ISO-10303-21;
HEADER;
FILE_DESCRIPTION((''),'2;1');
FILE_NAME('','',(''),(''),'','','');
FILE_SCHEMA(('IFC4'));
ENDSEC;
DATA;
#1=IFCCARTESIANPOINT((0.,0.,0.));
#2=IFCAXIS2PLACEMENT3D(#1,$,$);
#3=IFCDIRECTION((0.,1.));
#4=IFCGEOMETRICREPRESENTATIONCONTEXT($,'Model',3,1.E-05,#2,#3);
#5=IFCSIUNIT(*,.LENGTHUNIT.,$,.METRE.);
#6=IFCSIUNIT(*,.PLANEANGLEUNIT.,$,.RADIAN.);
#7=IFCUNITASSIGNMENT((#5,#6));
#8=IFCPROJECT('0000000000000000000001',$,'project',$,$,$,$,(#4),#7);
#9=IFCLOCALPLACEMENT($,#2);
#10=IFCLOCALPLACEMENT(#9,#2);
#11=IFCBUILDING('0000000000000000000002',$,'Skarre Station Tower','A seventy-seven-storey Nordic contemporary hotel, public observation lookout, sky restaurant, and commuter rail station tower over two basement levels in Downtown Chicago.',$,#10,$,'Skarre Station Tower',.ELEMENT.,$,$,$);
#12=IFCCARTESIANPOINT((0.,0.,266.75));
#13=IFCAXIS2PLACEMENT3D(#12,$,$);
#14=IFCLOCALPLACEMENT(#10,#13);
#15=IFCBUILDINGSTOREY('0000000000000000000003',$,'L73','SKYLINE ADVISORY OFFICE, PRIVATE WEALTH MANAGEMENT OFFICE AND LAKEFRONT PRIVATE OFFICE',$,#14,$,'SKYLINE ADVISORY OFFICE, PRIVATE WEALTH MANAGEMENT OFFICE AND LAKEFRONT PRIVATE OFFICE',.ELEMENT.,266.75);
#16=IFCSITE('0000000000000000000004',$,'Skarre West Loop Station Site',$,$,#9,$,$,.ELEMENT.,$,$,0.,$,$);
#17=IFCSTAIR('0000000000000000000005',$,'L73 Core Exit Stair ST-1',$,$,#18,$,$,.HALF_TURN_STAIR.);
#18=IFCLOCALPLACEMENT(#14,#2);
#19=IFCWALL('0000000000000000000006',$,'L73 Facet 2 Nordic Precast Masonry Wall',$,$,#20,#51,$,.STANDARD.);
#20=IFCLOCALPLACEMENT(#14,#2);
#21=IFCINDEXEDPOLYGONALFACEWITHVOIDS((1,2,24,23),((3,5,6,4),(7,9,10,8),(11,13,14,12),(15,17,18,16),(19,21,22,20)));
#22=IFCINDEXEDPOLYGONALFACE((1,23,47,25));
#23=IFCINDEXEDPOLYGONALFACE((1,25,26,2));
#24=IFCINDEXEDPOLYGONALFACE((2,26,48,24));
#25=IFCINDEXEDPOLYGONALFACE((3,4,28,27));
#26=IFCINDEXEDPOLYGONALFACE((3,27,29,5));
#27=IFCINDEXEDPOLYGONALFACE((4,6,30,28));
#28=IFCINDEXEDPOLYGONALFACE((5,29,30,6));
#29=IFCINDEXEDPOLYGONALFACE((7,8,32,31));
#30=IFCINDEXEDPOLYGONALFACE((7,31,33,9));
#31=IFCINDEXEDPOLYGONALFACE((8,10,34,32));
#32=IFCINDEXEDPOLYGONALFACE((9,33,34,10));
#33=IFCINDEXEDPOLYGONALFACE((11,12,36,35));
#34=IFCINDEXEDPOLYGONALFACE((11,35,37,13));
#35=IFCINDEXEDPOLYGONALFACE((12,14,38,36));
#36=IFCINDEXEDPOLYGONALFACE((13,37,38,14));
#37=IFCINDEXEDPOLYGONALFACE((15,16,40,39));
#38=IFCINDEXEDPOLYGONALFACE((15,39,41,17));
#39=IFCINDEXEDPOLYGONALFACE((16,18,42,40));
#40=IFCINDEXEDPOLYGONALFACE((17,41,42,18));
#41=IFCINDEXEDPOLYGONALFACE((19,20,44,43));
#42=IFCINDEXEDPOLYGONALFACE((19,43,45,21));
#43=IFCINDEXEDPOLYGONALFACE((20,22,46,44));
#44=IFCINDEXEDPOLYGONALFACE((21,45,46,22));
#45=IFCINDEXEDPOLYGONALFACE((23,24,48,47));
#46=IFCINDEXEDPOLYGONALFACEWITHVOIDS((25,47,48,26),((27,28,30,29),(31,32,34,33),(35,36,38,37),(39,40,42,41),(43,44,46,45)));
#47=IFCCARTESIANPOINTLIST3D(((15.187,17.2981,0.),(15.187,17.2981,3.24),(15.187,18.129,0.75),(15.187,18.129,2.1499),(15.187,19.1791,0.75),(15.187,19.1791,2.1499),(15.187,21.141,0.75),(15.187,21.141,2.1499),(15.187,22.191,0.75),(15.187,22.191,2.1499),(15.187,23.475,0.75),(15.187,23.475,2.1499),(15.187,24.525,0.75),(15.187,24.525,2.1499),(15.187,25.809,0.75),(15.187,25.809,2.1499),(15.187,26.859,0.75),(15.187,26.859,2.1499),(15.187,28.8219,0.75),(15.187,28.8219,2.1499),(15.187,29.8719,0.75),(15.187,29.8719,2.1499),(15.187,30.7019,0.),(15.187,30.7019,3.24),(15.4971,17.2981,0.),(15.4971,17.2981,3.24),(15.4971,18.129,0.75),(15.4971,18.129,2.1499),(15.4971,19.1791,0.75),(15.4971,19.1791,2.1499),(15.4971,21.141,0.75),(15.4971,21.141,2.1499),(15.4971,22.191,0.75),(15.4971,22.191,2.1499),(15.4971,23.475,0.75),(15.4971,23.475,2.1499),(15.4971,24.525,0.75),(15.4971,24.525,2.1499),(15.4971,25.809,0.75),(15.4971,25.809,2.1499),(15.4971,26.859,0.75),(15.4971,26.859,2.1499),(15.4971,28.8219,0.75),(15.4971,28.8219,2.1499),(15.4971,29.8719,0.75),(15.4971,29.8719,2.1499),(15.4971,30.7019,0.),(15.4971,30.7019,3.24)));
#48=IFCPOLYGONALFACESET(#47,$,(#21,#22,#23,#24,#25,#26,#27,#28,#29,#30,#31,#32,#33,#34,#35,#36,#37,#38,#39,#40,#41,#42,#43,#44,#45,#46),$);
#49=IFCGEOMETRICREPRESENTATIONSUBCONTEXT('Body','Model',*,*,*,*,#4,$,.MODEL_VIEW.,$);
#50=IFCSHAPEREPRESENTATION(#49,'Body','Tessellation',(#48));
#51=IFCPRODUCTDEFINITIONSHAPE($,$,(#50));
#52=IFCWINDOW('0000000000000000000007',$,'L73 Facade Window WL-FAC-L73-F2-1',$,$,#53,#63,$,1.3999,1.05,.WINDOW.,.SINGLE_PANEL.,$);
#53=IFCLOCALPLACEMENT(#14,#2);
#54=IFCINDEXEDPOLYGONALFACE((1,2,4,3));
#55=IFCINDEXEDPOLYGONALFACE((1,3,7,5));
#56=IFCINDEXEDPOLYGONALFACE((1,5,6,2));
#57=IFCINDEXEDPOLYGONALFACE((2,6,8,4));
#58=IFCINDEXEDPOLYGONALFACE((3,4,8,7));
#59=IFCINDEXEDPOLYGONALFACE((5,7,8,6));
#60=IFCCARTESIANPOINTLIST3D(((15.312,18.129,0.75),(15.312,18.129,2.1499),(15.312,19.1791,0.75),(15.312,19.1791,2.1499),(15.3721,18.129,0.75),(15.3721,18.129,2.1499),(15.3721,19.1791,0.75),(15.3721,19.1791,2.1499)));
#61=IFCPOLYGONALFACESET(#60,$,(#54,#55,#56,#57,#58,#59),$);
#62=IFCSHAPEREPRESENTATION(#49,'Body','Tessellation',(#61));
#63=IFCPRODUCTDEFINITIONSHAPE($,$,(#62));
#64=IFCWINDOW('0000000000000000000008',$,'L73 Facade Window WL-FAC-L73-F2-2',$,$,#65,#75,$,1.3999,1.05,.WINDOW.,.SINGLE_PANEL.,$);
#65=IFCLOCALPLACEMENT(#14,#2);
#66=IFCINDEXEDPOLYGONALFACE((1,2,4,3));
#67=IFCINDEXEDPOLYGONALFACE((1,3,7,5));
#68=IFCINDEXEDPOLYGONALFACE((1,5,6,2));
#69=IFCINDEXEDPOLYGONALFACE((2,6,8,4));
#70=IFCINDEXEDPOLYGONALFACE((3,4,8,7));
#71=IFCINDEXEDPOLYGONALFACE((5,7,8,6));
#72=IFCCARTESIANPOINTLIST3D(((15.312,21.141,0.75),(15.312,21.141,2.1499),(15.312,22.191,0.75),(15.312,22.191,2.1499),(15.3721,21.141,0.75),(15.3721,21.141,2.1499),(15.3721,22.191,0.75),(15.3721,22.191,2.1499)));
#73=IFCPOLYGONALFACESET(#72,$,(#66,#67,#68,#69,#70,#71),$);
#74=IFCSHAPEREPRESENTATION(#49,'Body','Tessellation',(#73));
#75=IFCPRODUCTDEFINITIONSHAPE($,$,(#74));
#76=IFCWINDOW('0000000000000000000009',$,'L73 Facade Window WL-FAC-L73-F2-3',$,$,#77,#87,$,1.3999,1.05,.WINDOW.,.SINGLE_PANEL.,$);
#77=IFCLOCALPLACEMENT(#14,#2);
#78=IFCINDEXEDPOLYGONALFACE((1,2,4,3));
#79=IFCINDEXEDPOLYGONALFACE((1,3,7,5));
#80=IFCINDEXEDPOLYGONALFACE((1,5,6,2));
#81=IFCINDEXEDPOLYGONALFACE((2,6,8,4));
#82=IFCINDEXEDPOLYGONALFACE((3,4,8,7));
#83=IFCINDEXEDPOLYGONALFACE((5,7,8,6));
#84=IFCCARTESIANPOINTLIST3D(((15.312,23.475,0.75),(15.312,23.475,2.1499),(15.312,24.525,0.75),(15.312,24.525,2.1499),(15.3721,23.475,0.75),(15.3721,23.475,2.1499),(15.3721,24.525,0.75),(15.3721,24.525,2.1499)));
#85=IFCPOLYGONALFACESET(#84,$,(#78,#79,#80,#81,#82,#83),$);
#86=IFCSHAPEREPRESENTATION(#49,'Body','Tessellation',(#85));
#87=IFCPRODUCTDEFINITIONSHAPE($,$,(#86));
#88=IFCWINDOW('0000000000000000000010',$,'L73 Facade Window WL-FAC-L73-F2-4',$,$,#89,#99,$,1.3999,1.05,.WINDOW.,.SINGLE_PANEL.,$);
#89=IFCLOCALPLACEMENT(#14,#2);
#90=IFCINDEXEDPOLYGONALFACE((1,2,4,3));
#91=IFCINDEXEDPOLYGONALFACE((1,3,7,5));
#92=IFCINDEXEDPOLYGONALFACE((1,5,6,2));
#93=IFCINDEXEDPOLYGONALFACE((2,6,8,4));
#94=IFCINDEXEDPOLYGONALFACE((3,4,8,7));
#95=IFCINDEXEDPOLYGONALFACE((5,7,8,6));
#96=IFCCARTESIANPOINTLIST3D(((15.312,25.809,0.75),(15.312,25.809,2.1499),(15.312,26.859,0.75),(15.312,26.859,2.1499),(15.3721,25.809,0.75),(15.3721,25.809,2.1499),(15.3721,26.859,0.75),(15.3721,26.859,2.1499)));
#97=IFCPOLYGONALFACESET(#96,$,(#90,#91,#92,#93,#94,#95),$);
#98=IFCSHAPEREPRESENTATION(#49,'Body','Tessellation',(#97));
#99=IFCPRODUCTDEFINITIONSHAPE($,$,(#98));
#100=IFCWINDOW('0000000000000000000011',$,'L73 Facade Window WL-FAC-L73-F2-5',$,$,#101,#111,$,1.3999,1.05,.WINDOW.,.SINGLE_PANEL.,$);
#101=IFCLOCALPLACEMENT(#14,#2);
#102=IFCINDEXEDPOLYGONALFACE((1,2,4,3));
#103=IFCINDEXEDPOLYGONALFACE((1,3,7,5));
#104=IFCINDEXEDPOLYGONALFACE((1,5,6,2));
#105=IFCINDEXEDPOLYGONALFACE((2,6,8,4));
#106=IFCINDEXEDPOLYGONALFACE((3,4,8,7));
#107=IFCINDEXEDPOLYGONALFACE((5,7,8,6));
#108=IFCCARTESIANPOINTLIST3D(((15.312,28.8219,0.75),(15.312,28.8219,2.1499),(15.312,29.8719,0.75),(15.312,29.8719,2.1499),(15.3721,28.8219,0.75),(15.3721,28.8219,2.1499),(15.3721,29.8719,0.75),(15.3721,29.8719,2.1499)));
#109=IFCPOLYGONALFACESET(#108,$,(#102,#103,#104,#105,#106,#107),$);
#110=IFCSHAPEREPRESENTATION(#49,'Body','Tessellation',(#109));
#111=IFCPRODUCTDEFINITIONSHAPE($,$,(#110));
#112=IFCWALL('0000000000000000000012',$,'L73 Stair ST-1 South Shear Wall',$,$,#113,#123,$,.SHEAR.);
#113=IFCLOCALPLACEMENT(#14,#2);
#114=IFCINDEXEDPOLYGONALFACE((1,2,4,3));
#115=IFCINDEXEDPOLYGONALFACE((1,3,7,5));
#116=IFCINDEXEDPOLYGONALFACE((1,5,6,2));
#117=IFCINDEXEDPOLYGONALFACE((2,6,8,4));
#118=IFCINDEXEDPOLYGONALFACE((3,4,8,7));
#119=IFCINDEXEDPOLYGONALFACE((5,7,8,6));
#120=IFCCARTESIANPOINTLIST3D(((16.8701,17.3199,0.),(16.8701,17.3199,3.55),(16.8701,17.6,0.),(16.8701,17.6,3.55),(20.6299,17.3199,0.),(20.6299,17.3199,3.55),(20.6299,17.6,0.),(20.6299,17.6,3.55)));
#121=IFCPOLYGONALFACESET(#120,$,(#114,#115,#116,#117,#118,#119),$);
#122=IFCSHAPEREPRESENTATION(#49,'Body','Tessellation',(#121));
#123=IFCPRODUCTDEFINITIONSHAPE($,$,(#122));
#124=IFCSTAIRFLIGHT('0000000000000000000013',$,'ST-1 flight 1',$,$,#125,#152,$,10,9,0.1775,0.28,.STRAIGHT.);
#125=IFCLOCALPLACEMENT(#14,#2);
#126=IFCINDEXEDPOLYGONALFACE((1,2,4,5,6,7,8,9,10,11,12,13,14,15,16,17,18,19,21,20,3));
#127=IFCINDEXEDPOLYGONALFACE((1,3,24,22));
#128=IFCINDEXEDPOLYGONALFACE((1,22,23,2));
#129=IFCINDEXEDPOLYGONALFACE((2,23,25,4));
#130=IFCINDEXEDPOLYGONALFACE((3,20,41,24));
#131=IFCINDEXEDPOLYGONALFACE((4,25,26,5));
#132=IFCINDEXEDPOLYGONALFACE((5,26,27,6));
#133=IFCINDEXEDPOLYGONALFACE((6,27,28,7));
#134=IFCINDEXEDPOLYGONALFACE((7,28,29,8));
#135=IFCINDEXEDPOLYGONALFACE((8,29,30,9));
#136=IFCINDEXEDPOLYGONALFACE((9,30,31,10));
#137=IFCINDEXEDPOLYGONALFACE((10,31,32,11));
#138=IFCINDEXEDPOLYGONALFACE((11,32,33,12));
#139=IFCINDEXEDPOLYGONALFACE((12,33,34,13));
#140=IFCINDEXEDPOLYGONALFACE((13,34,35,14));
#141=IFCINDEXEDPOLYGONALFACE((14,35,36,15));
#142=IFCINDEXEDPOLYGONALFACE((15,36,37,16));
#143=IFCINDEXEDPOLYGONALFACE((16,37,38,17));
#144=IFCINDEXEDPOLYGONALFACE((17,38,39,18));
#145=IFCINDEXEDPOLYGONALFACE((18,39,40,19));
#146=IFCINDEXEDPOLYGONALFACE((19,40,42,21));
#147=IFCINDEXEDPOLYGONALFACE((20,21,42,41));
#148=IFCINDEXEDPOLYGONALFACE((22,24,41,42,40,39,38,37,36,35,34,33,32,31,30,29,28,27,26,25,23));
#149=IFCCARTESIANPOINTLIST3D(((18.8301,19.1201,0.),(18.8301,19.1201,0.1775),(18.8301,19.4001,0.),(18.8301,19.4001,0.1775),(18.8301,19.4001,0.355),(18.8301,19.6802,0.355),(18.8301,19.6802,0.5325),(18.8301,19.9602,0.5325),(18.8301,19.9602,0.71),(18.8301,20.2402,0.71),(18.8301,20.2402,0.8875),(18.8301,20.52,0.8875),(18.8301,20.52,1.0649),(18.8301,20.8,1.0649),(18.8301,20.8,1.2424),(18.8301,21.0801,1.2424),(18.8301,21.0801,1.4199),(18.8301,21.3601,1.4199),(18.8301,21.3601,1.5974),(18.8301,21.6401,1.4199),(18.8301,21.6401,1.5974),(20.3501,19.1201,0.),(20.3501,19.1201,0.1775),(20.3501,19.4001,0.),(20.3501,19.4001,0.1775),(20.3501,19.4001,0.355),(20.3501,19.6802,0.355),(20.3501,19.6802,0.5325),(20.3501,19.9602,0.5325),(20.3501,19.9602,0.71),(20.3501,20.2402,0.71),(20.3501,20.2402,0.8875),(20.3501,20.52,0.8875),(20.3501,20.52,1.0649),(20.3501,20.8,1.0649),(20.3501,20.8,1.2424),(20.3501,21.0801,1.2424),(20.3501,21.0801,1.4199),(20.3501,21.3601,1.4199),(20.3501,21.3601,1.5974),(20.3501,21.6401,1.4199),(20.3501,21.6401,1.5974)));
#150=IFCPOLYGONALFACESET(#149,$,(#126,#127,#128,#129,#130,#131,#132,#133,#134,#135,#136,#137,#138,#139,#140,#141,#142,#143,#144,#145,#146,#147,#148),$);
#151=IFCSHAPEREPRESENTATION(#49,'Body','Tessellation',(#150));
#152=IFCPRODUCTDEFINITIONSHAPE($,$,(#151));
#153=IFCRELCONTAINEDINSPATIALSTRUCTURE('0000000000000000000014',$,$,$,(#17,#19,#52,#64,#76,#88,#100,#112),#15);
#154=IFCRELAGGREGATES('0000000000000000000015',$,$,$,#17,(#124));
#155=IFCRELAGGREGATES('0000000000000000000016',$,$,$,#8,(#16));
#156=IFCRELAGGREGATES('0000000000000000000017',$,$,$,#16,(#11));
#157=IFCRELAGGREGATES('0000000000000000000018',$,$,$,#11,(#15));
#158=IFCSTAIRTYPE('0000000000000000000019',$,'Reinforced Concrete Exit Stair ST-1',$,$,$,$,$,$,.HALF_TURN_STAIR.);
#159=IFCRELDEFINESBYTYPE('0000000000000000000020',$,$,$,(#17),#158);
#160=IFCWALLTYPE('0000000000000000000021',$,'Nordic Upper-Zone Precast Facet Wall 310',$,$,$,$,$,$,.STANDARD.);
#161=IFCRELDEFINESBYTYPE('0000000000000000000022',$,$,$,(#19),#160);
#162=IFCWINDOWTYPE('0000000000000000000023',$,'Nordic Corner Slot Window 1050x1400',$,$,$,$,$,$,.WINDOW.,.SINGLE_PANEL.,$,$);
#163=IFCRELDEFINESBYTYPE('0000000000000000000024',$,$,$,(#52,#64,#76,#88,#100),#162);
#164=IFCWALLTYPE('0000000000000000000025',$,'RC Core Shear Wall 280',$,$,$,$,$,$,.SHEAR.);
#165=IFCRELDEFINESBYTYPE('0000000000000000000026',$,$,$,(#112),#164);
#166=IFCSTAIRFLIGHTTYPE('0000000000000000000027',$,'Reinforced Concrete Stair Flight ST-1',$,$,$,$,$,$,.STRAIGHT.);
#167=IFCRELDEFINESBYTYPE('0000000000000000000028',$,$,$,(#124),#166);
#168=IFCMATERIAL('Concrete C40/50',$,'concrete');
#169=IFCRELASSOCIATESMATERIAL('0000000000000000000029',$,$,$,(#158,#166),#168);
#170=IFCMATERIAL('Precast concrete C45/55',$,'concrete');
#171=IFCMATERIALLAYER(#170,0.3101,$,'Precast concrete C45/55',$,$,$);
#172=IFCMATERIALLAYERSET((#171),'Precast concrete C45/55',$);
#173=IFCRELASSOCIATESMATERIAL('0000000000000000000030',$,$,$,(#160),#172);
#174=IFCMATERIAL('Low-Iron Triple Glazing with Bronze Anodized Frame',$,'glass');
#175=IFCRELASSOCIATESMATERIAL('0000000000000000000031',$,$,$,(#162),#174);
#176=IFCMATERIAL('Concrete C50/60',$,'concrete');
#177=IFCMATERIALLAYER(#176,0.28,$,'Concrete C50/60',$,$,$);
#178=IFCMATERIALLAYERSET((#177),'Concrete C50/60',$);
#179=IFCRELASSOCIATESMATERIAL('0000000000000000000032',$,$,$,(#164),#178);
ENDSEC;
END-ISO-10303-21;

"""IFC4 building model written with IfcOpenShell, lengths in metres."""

from ifc_helpers import new_model, si_unit, direction, frame, frame_2d, origin, place, context, subcontext, project, spatial, polyline, rectangle, outline, extrude, material, layer, layer_set, type_object, element, fill, aggregate, save


model = new_model("IFC4")

# Units and contexts
model_context = context("Model", 3, precision=1e-05, world=origin(), true_north=direction((0.0, 1.0)))
body_context = subcontext(model_context, "Body", "Model", "MODEL_VIEW")
ifc_project = project(units=[si_unit("LENGTHUNIT", "METRE"), si_unit("PLANEANGLEUNIT", "RADIAN")], contexts=[model_context])

# Site, building, storey
site_placement = place(None, origin())
site = spatial("IfcSite", under=ifc_project, at=site_placement, Name="Skarre West Loop Station Site", CompositionType="ELEMENT", RefElevation=0.0)
building_placement = place(site_placement, origin())
building = spatial("IfcBuilding", under=site, at=building_placement, Name="Skarre Station Tower", Description="A seventy-seven-storey Nordic contemporary hotel, public observation lookout, sky restaurant, and commuter rail station tower over two basement levels in Downtown Chicago.", LongName="Skarre Station Tower", CompositionType="ELEMENT")
storey_placement = place(building_placement, frame((0.0, 0.0, 266.75)))
storey = spatial("IfcBuildingStorey", under=building, at=storey_placement, Name="L73", Description="SKYLINE ADVISORY OFFICE, PRIVATE WEALTH MANAGEMENT OFFICE AND LAKEFRONT PRIVATE OFFICE", LongName="SKYLINE ADVISORY OFFICE, PRIVATE WEALTH MANAGEMENT OFFICE AND LAKEFRONT PRIVATE OFFICE", CompositionType="ELEMENT", Elevation=266.75)

# Shared definitions
ifc_material_1 = material(Name="Concrete C50/60", Category="concrete")

# Stair
ifc_material_2 = material(Name="Concrete C40/50", Category="concrete")
stair_type_1 = type_object("IfcStairType", Name="Reinforced Concrete Exit Stair ST-1", PredefinedType="HALF_TURN_STAIR", material=ifc_material_2)
stair_1_placement = place(storey_placement, origin())
stair_1 = element("IfcStair", 1, at=stair_1_placement, inside=storey, type_object=stair_type_1, Name="L73 Core Exit Stair ST-1", PredefinedType="HALF_TURN_STAIR")

# Shared definitions
ifc_material_3 = material(Name="Precast concrete C45/55", Category="concrete")

# Wall, openings, windows
ifc_layer_1 = layer(ifc_material_3, 0.3101, Name="Precast concrete C45/55")
ifc_layer_set_1 = layer_set([ifc_layer_1], Name="Precast concrete C45/55")
wall_type_1 = type_object("IfcWallType", Name="Nordic Upper-Zone Precast Facet Wall 310", PredefinedType="STANDARD", material=ifc_layer_set_1)
wall_1_placement = place(storey_placement, frame((15.342, 17.2981, 0.0), z_axis=(0.0, 0.0, 1.0), x_axis=(0.0, 1.0, 0.0)))
wall_1 = element("IfcWall", 2, at=wall_1_placement, inside=storey, type_object=wall_type_1, Name="L73 Facet 2 Nordic Precast Masonry Wall", PredefinedType="STANDARD", context=body_context, shape_type="SweptSolid", body=[
    extrude(rectangle(XDim=13.4038, YDim=0.3101, at=frame_2d((6.7019, 0.0))), origin(), (0.0, 0.0, 1.0), 3.24),
])
opening_1_placement = place(wall_1_placement, frame((0.8311, 0.0, 0.75)))
opening_1 = element("IfcOpeningElement", 3, at=opening_1_placement, cuts=wall_1, PredefinedType="OPENING", context=body_context, shape_type="SweptSolid", body=[
    extrude(rectangle(XDim=1.05, YDim=1.3999, at=frame_2d((0.5249, 0.7))), frame((0.0, 0.165, 0.0), z_axis=(0.0, -1.0, 0.0), x_axis=(1.0, 0.0, 0.0)), (0.0, 0.0, 1.0), 0.3301),
])
opening_2_placement = place(wall_1_placement, frame((3.843, 0.0, 0.75)))
opening_2 = element("IfcOpeningElement", 4, at=opening_2_placement, cuts=wall_1, PredefinedType="OPENING", context=body_context, shape_type="SweptSolid", body=[
    extrude(rectangle(XDim=1.05, YDim=1.3999, at=frame_2d((0.5249, 0.7))), frame((0.0, 0.165, 0.0), z_axis=(0.0, -1.0, 0.0), x_axis=(1.0, 0.0, 0.0)), (0.0, 0.0, 1.0), 0.3301),
])
opening_3_placement = place(wall_1_placement, frame((6.177, 0.0, 0.75)))
opening_3 = element("IfcOpeningElement", 5, at=opening_3_placement, cuts=wall_1, PredefinedType="OPENING", context=body_context, shape_type="SweptSolid", body=[
    extrude(rectangle(XDim=1.05, YDim=1.3999, at=frame_2d((0.5249, 0.7))), frame((0.0, 0.165, 0.0), z_axis=(0.0, -1.0, 0.0), x_axis=(1.0, 0.0, 0.0)), (0.0, 0.0, 1.0), 0.3301),
])
opening_4_placement = place(wall_1_placement, frame((8.511, 0.0, 0.75)))
opening_4 = element("IfcOpeningElement", 6, at=opening_4_placement, cuts=wall_1, PredefinedType="OPENING", context=body_context, shape_type="SweptSolid", body=[
    extrude(rectangle(XDim=1.05, YDim=1.3999, at=frame_2d((0.5249, 0.7))), frame((0.0, 0.165, 0.0), z_axis=(0.0, -1.0, 0.0), x_axis=(1.0, 0.0, 0.0)), (0.0, 0.0, 1.0), 0.3301),
])
opening_5_placement = place(wall_1_placement, frame((11.5239, 0.0, 0.75)))
opening_5 = element("IfcOpeningElement", 7, at=opening_5_placement, cuts=wall_1, PredefinedType="OPENING", context=body_context, shape_type="SweptSolid", body=[
    extrude(rectangle(XDim=1.05, YDim=1.3999, at=frame_2d((0.5249, 0.7))), frame((0.0, 0.165, 0.0), z_axis=(0.0, -1.0, 0.0), x_axis=(1.0, 0.0, 0.0)), (0.0, 0.0, 1.0), 0.3301),
])
ifc_material_4 = material(Name="Low-Iron Triple Glazing with Bronze Anodized Frame", Category="glass")
window_type = type_object("IfcWindowType", Name="Nordic Corner Slot Window 1050x1400", PartitioningType="SINGLE_PANEL", PredefinedType="WINDOW", material=ifc_material_4)
window_1_placement = place(opening_1_placement, origin())
window_1 = element("IfcWindow", 8, at=window_1_placement, inside=storey, type_object=window_type, Name="L73 Facade Window WL-FAC-L73-F2-1", OverallHeight=1.3999, OverallWidth=1.05, PartitioningType="SINGLE_PANEL", PredefinedType="WINDOW", context=body_context, shape_type="SweptSolid", body=[
    extrude(rectangle(XDim=1.05, YDim=1.3999, at=frame_2d((0.5249, 0.7))), frame((0.0, 0.03, 0.0), z_axis=(0.0, -1.0, 0.0), x_axis=(1.0, 0.0, 0.0)), (0.0, 0.0, 1.0), 0.0601),
])
fill(opening_1, window_1)
window_2_placement = place(opening_2_placement, origin())
window_2 = element("IfcWindow", 9, at=window_2_placement, inside=storey, type_object=window_type, Name="L73 Facade Window WL-FAC-L73-F2-2", OverallHeight=1.3999, OverallWidth=1.05, PartitioningType="SINGLE_PANEL", PredefinedType="WINDOW", context=body_context, shape_type="SweptSolid", body=[
    extrude(rectangle(XDim=1.05, YDim=1.3999, at=frame_2d((0.5249, 0.7))), frame((0.0, 0.03, 0.0), z_axis=(0.0, -1.0, 0.0), x_axis=(1.0, 0.0, 0.0)), (0.0, 0.0, 1.0), 0.0601),
])
fill(opening_2, window_2)
window_3_placement = place(opening_3_placement, origin())
window_3 = element("IfcWindow", 10, at=window_3_placement, inside=storey, type_object=window_type, Name="L73 Facade Window WL-FAC-L73-F2-3", OverallHeight=1.3999, OverallWidth=1.05, PartitioningType="SINGLE_PANEL", PredefinedType="WINDOW", context=body_context, shape_type="SweptSolid", body=[
    extrude(rectangle(XDim=1.05, YDim=1.3999, at=frame_2d((0.5249, 0.7))), frame((0.0, 0.03, 0.0), z_axis=(0.0, -1.0, 0.0), x_axis=(1.0, 0.0, 0.0)), (0.0, 0.0, 1.0), 0.0601),
])
fill(opening_3, window_3)
window_4_placement = place(opening_4_placement, origin())
window_4 = element("IfcWindow", 11, at=window_4_placement, inside=storey, type_object=window_type, Name="L73 Facade Window WL-FAC-L73-F2-4", OverallHeight=1.3999, OverallWidth=1.05, PartitioningType="SINGLE_PANEL", PredefinedType="WINDOW", context=body_context, shape_type="SweptSolid", body=[
    extrude(rectangle(XDim=1.05, YDim=1.3999, at=frame_2d((0.5249, 0.7))), frame((0.0, 0.03, 0.0), z_axis=(0.0, -1.0, 0.0), x_axis=(1.0, 0.0, 0.0)), (0.0, 0.0, 1.0), 0.0601),
])
fill(opening_4, window_4)
window_5_placement = place(opening_5_placement, origin())
window_5 = element("IfcWindow", 12, at=window_5_placement, inside=storey, type_object=window_type, Name="L73 Facade Window WL-FAC-L73-F2-5", OverallHeight=1.3999, OverallWidth=1.05, PartitioningType="SINGLE_PANEL", PredefinedType="WINDOW", context=body_context, shape_type="SweptSolid", body=[
    extrude(rectangle(XDim=1.05, YDim=1.3999, at=frame_2d((0.5249, 0.7))), frame((0.0, 0.03, 0.0), z_axis=(0.0, -1.0, 0.0), x_axis=(1.0, 0.0, 0.0)), (0.0, 0.0, 1.0), 0.0601),
])
fill(opening_5, window_5)

# Wall
ifc_layer_2 = layer(ifc_material_1, 0.28, Name="Concrete C50/60")
ifc_layer_set_2 = layer_set([ifc_layer_2], Name="Concrete C50/60")
wall_type_2 = type_object("IfcWallType", Name="RC Core Shear Wall 280", PredefinedType="SHEAR", material=ifc_layer_set_2)
wall_2_placement = place(storey_placement, frame((16.8701, 17.46, 0.0), z_axis=(0.0, 0.0, 1.0), x_axis=(1.0, 0.0, 0.0)))
element("IfcWall", 13, at=wall_2_placement, inside=storey, type_object=wall_type_2, Name="L73 Stair ST-1 South Shear Wall", PredefinedType="SHEAR", context=body_context, shape_type="SweptSolid", body=[
    extrude(rectangle(XDim=3.7598, YDim=0.28, at=frame_2d((1.8799, 0.0))), origin(), (0.0, 0.0, 1.0), 3.55),
])

# Stair flight
stair_flight_type = type_object("IfcStairFlightType", Name="Reinforced Concrete Stair Flight ST-1", PredefinedType="STRAIGHT", material=ifc_material_2)
stair_flight_placement = place(storey_placement, frame((19.5901, 19.1201, 0.0), z_axis=(0.0, 0.0, 1.0), x_axis=(0.0, 1.0, 0.0)))
stair_flight = element("IfcStairFlight", 14, at=stair_flight_placement, type_object=stair_flight_type, Name="ST-1 flight 1", NumberOfRisers=10, NumberOfTreads=9, PredefinedType="STRAIGHT", RiserHeight=0.1775, TreadLength=0.28, context=body_context, shape_type="SweptSolid", body=[
    extrude(outline(polyline([(0.0, 0.0), (0.0, 0.1775), (0.28, 0.1775), (0.28, 0.355), (0.5601, 0.355), (0.5601, 0.5325), (0.8401, 0.5325), (0.8401, 0.71), (1.1201, 0.71), (1.1201, 0.8875), (1.3999, 0.8875), (1.3999, 1.0649), (1.6799, 1.0649), (1.6799, 1.2424), (1.96, 1.2424), (1.96, 1.4199), (2.24, 1.4199), (2.24, 1.5974), (2.52, 1.5974), (2.52, 1.7749), (2.52, 1.4199), (0.28, 0.0), (0.0, 0.0)])), frame((0.0, 0.76, 0.0), z_axis=(0.0, -1.0, 0.0), x_axis=(1.0, 0.0, 0.0)), (0.0, 0.0, 1.0), 1.52),
])
aggregate(stair_1, [stair_flight])

save(model, "model.ifc")
